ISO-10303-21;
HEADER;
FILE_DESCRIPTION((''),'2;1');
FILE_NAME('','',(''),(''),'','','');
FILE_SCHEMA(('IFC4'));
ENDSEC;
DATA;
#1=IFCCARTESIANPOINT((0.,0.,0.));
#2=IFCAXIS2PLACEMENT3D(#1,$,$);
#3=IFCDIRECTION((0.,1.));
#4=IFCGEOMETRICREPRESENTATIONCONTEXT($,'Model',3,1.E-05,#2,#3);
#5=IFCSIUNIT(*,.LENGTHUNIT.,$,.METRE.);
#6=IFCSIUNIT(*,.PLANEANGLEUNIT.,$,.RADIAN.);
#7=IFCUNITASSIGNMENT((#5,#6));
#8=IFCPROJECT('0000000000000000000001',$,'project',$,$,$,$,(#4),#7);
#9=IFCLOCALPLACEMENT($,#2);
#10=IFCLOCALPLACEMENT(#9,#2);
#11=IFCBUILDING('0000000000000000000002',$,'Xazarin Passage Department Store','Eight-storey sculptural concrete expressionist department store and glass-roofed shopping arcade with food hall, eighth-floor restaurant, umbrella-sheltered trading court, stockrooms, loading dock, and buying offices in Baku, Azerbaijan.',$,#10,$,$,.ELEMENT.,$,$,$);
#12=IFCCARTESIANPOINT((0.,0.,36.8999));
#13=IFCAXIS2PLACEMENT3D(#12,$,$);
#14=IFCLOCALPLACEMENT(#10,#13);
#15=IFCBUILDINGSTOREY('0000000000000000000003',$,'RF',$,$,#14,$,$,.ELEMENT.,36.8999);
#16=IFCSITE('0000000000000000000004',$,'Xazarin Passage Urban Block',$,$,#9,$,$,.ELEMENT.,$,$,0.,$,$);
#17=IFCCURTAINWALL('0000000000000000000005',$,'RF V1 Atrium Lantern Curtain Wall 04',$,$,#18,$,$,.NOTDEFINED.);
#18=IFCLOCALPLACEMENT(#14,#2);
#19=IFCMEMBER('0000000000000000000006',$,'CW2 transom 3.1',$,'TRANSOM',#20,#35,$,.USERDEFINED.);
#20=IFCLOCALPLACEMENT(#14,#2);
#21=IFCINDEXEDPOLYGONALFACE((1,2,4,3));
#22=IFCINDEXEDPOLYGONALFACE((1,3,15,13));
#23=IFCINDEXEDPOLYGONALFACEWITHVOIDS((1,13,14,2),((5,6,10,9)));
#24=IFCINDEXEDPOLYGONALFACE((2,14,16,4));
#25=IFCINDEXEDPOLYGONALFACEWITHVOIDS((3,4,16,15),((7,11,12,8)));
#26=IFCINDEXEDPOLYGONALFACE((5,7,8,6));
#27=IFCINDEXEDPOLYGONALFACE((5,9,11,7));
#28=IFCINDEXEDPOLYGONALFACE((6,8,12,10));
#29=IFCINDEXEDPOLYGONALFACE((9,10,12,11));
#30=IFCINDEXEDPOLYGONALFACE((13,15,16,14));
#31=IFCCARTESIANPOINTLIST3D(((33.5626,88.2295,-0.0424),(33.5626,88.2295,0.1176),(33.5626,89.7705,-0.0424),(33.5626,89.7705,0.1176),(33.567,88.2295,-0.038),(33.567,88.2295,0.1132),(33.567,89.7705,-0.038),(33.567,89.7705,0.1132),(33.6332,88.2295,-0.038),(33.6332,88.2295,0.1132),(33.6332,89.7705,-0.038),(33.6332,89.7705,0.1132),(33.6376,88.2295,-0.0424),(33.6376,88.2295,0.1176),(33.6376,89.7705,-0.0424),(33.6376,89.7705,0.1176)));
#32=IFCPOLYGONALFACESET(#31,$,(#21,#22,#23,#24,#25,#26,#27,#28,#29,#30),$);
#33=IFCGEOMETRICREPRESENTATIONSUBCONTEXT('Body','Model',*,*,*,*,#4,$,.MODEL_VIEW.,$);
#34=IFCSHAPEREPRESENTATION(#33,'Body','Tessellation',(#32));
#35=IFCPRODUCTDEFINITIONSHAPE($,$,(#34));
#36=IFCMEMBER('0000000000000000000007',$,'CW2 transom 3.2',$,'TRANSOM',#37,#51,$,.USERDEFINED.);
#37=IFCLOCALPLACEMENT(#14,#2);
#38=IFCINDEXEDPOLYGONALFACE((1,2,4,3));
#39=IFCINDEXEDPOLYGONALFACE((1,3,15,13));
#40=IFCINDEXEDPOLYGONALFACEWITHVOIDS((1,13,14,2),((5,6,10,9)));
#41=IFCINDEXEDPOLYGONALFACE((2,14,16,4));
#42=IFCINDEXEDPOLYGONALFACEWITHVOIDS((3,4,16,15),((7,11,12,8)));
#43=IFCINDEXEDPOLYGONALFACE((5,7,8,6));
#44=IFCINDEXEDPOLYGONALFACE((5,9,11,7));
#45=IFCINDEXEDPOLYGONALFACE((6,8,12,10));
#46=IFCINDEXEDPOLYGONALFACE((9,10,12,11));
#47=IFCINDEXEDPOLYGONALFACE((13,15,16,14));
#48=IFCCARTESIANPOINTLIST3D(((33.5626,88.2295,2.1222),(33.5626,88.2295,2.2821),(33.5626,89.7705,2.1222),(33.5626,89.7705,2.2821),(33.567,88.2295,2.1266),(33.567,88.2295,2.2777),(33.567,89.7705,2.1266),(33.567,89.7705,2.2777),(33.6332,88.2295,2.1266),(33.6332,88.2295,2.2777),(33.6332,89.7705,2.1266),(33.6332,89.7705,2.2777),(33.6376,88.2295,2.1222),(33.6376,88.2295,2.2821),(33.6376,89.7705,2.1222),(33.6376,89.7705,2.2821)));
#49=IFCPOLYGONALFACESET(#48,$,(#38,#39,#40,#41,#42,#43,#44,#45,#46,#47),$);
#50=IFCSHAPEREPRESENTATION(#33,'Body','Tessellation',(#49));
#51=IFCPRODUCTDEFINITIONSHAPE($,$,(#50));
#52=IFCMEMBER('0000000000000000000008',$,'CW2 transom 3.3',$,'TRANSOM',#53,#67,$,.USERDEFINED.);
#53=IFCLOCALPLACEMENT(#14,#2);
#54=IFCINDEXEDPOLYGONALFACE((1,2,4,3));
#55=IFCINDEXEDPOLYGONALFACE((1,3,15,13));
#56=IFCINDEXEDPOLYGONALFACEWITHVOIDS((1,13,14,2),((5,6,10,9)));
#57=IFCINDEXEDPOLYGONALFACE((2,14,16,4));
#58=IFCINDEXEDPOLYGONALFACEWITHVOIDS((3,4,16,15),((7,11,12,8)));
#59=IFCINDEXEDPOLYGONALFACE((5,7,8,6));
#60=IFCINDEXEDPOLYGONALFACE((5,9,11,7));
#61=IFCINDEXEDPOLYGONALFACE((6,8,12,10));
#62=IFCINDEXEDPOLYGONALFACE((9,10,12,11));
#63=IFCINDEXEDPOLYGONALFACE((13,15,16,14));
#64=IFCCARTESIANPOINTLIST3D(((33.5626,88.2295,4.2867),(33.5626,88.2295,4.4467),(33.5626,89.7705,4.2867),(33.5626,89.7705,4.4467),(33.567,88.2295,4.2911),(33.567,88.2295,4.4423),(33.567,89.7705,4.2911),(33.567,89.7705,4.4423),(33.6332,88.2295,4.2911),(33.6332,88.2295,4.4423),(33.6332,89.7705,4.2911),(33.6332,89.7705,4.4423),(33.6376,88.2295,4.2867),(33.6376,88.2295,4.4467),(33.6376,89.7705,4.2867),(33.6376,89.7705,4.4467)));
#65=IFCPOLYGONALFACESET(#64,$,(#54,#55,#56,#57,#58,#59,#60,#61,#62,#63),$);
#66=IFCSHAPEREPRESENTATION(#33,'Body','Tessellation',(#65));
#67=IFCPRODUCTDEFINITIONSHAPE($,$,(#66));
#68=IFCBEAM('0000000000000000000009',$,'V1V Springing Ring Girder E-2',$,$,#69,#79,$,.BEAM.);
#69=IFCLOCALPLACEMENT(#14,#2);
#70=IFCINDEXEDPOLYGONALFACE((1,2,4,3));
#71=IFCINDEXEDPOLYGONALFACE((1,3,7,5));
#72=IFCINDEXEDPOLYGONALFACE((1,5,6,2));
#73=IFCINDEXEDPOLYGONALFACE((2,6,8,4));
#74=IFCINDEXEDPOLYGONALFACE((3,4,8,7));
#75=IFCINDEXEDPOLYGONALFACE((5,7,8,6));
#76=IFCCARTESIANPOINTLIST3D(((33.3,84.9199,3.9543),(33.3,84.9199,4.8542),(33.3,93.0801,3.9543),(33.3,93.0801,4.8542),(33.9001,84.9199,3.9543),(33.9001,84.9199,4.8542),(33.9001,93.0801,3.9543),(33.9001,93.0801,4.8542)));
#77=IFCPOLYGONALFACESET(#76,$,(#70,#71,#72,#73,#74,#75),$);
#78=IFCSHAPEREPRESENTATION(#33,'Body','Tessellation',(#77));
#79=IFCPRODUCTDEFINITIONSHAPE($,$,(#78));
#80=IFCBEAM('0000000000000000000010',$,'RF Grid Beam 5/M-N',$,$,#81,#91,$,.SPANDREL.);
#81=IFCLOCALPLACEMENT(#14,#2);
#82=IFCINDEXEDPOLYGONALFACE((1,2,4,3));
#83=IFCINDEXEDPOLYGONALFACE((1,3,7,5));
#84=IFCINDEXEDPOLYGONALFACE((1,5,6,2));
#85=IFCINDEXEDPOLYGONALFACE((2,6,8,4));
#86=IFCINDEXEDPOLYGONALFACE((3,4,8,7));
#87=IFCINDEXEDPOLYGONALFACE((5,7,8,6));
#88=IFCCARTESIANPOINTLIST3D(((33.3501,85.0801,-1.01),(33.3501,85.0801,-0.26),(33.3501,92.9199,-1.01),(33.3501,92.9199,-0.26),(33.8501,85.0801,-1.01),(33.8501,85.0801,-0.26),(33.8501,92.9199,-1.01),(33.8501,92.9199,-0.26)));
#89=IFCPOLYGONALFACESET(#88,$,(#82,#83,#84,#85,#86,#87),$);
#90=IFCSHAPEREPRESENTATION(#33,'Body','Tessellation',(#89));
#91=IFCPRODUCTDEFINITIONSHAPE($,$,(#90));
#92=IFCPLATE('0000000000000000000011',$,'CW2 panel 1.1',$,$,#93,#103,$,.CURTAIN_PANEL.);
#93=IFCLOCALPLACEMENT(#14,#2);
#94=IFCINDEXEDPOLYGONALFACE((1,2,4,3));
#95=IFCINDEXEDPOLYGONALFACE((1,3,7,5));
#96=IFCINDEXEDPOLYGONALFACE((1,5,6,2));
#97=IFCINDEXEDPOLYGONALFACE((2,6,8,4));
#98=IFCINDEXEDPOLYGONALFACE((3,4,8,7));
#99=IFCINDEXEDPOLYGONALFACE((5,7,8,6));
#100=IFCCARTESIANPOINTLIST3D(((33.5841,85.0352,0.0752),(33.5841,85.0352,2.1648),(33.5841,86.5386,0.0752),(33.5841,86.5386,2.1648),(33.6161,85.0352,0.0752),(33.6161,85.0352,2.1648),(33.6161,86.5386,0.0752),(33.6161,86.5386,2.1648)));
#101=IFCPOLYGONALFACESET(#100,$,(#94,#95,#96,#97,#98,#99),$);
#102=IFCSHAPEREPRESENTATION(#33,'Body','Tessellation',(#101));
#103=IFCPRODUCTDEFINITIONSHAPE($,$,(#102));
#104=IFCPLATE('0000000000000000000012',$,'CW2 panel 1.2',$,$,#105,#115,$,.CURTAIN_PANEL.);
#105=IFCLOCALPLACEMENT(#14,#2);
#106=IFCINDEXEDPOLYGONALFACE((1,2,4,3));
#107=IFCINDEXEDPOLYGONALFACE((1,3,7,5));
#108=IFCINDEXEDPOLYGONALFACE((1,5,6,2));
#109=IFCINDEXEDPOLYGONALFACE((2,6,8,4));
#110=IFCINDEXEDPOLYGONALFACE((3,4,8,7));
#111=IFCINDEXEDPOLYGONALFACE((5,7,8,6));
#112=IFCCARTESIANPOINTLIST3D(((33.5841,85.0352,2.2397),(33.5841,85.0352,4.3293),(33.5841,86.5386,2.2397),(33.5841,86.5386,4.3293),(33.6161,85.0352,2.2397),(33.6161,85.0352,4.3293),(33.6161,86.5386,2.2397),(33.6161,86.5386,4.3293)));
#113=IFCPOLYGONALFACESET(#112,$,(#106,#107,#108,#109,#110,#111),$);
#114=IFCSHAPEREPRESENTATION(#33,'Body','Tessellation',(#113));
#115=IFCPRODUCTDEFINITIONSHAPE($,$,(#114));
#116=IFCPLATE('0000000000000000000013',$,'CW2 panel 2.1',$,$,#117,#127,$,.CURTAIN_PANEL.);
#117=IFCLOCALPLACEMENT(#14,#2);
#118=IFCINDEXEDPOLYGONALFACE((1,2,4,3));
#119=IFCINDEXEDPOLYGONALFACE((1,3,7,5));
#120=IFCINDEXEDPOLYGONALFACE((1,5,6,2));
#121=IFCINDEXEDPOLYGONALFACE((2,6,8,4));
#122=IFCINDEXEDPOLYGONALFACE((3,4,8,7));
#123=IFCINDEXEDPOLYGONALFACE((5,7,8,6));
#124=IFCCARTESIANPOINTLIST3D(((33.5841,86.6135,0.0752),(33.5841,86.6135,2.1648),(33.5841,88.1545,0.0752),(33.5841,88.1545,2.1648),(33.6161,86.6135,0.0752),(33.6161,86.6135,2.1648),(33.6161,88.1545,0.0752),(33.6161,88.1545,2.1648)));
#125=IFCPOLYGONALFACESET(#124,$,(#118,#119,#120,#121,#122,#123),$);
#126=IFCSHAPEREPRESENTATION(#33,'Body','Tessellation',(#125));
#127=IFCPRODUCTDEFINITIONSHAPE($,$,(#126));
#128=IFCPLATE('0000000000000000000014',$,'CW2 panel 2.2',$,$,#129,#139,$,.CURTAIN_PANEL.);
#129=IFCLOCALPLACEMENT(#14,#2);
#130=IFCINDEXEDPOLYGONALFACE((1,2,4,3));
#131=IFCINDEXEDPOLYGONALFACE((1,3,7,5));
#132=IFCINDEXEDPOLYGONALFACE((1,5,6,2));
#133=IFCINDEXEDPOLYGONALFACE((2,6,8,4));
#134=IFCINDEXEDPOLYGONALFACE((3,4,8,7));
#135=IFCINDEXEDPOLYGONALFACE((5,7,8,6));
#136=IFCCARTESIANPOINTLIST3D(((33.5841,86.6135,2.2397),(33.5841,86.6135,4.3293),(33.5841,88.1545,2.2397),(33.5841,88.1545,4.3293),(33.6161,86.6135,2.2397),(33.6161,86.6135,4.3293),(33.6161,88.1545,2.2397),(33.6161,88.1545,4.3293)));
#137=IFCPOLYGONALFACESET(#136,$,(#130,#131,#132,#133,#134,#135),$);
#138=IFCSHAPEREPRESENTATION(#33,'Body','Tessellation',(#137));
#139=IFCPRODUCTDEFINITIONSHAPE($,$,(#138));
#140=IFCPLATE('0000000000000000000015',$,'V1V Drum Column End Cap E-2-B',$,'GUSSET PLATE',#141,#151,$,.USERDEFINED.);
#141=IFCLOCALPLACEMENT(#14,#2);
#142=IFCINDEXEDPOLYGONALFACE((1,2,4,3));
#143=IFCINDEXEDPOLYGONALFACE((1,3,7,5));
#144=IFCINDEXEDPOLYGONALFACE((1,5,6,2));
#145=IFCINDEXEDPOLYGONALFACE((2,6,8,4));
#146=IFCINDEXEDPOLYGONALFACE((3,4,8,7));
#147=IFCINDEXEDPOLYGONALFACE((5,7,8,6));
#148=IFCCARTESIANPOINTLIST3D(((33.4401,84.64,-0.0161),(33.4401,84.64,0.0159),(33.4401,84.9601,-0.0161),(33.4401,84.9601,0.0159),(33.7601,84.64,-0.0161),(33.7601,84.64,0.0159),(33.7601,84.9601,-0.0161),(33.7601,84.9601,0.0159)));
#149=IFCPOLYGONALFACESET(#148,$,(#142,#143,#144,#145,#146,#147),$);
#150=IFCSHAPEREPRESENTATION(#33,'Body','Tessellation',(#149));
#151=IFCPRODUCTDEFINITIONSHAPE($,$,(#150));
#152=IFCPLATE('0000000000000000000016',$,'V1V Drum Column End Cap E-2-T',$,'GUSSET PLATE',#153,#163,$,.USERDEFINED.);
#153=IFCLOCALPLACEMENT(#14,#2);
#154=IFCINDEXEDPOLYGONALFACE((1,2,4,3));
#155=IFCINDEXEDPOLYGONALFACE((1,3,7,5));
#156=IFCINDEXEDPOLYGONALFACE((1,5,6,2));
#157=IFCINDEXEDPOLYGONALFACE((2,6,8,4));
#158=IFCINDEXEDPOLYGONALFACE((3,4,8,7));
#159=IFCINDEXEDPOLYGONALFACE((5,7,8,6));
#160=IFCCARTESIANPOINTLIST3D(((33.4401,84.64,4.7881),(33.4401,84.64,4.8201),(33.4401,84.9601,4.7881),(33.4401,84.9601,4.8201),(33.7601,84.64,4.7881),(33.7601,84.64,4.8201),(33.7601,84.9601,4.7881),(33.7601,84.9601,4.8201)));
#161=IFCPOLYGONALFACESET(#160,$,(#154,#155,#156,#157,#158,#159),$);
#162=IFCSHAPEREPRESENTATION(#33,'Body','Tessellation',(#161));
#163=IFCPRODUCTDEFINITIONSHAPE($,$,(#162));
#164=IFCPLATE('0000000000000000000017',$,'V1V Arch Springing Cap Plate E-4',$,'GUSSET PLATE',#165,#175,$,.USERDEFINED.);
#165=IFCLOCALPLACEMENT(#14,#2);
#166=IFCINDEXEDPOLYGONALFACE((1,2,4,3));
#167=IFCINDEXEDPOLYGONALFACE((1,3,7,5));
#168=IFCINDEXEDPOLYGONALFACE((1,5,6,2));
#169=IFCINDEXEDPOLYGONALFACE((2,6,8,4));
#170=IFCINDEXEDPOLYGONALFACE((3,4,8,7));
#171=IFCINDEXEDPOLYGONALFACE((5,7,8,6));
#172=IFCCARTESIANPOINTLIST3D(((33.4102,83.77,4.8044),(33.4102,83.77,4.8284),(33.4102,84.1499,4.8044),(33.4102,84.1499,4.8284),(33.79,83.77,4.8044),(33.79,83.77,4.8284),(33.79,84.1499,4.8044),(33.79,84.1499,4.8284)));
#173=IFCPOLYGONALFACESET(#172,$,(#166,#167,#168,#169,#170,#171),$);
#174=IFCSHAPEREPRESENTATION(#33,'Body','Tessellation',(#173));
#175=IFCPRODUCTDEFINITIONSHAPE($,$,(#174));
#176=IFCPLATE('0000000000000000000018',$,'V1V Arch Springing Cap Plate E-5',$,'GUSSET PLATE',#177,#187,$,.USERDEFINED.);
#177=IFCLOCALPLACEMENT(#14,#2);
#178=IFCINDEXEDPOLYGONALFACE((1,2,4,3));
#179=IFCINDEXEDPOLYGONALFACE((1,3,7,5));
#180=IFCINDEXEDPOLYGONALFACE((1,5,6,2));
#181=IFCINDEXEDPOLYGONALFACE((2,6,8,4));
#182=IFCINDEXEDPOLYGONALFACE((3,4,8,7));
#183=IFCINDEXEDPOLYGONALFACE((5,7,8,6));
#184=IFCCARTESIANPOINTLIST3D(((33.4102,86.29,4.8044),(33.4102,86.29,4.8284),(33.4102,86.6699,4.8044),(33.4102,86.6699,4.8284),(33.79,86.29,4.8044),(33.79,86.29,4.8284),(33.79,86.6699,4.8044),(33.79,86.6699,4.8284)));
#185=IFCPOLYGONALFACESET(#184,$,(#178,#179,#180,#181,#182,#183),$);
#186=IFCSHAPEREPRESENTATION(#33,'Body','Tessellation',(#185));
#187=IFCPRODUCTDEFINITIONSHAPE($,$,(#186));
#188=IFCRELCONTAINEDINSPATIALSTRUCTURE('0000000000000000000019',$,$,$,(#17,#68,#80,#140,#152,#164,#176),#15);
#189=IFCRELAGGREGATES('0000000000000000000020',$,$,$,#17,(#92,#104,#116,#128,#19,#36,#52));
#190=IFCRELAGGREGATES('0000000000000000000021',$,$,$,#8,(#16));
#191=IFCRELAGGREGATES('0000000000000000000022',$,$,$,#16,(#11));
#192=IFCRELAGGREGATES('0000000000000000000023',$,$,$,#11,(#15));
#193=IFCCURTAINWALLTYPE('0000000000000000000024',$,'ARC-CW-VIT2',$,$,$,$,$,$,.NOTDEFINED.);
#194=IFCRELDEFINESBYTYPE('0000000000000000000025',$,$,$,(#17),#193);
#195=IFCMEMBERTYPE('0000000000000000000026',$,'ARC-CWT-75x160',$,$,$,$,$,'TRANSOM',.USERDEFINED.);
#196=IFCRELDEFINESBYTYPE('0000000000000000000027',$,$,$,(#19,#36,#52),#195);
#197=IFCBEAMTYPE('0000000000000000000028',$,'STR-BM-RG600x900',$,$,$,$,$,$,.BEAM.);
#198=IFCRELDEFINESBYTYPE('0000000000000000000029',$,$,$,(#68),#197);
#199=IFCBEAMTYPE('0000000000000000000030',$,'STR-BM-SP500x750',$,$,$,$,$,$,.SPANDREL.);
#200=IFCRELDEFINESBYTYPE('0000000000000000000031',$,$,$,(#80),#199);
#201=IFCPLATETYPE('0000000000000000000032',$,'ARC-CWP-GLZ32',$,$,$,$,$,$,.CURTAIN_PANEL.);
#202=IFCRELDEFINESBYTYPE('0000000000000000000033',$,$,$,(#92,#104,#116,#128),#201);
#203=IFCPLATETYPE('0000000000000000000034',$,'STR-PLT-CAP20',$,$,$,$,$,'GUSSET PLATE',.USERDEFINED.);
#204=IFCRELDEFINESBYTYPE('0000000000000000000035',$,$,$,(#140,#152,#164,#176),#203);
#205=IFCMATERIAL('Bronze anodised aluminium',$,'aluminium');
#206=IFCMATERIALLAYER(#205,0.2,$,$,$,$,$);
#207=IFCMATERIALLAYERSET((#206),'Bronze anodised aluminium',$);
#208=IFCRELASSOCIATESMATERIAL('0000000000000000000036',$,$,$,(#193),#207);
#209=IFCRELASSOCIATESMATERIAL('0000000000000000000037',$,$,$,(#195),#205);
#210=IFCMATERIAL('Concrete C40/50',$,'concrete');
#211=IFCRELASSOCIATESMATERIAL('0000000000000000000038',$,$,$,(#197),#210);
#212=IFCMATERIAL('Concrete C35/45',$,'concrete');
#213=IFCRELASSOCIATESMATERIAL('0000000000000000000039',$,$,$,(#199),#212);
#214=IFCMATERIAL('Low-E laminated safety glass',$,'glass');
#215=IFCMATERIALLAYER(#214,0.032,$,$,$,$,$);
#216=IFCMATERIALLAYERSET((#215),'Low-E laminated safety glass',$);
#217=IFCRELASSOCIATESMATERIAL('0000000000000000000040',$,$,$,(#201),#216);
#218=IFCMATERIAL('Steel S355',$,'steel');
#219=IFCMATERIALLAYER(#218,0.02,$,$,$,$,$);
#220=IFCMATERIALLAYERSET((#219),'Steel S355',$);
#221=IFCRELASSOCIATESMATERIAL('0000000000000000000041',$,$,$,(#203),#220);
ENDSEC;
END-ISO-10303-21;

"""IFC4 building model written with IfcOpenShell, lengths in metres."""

from ifc_helpers import new_model, si_unit, direction, frame, origin, origin_2d, place, context, subcontext, project, spatial, rectangle, hollow_rectangle, extrude, material, layer, layer_set, material_profile, profile_set, type_object, element, aggregate, save


model = new_model("IFC4")

# Units and contexts
model_context = context("Model", 3, precision=1e-05, world=origin(), true_north=direction((0.0, 1.0)))
body_context = subcontext(model_context, "Body", "Model", "MODEL_VIEW")
ifc_project = project(units=[si_unit("LENGTHUNIT", "METRE"), si_unit("PLANEANGLEUNIT", "RADIAN")], contexts=[model_context])

# Site, building, storey
site_placement = place(None, origin())
site = spatial("IfcSite", under=ifc_project, at=site_placement, Name="Xazarin Passage Urban Block", CompositionType="ELEMENT", RefElevation=0.0)
building_placement = place(site_placement, origin())
building = spatial("IfcBuilding", under=site, at=building_placement, Name="Xazarin Passage Department Store", Description="Eight-storey sculptural concrete expressionist department store and glass-roofed shopping arcade with food hall, eighth-floor restaurant, umbrella-sheltered trading court, stockrooms, loading dock, and buying offices in Baku, Azerbaijan.", CompositionType="ELEMENT")
storey_placement = place(building_placement, frame((0.0, 0.0, 36.8999)))
storey = spatial("IfcBuildingStorey", under=building, at=storey_placement, Name="RF", CompositionType="ELEMENT", Elevation=36.8999)

# Shared definitions
ifc_material_1 = material(Name="Steel S355", Category="steel")

# Shared definitions
ifc_material_2 = material(Name="Bronze anodised aluminium", Category="aluminium")
ifc_layer_1 = layer(ifc_material_2, 0.2)
ifc_layer_set_1 = layer_set([ifc_layer_1], Name="Bronze anodised aluminium")
curtain_wall_type = type_object("IfcCurtainWallType", Name="ARC-CW-VIT2", PredefinedType="NOTDEFINED", material=ifc_layer_set_1)

# Curtain wall, members
curtain_wall_1_placement = place(storey_placement, origin())
curtain_wall_1 = element("IfcCurtainWall", 1, at=curtain_wall_1_placement, inside=storey, type_object=curtain_wall_type, Name="RF V1 Atrium Lantern Curtain Wall 04", PredefinedType="NOTDEFINED")
ifc_material_profile_1 = material_profile(ifc_material_2, hollow_rectangle(XDim=0.075, YDim=0.1599, WallThickness=0.0044, at=origin_2d()), Name="ALU 75x160")
ifc_profile_set_1 = profile_set([ifc_material_profile_1], Name="Bronze anodised aluminium")
member_type_1 = type_object("IfcMemberType", Name="ARC-CWT-75x160", ElementType="TRANSOM", PredefinedType="USERDEFINED", material=ifc_profile_set_1)
member_1_placement = place(storey_placement, frame((33.6001, 88.2295, 0.0376), z_axis=(0.0, 1.0, 0.0), x_axis=(-1.0, 0.0, 0.0)))
member_1 = element("IfcMember", 2, at=member_1_placement, type_object=member_type_1, Name="CW2 transom 3.1", ObjectType="TRANSOM", PredefinedType="USERDEFINED", context=body_context, shape_type="SweptSolid", body=[
    extrude(hollow_rectangle(XDim=0.075, YDim=0.1599, WallThickness=0.0044, at=origin_2d()), origin(), (0.0, 0.0, 1.0), 1.541),
])
member_2_placement = place(storey_placement, frame((33.6001, 88.2295, 2.2021), z_axis=(0.0, 1.0, 0.0), x_axis=(-1.0, 0.0, 0.0)))
member_2 = element("IfcMember", 3, at=member_2_placement, type_object=member_type_1, Name="CW2 transom 3.2", ObjectType="TRANSOM", PredefinedType="USERDEFINED", context=body_context, shape_type="SweptSolid", body=[
    extrude(hollow_rectangle(XDim=0.075, YDim=0.1599, WallThickness=0.0044, at=origin_2d()), origin(), (0.0, 0.0, 1.0), 1.541),
])
member_3_placement = place(storey_placement, frame((33.6001, 88.2295, 4.3667), z_axis=(0.0, 1.0, 0.0), x_axis=(-1.0, 0.0, 0.0)))
member_3 = element("IfcMember", 4, at=member_3_placement, type_object=member_type_1, Name="CW2 transom 3.3", ObjectType="TRANSOM", PredefinedType="USERDEFINED", context=body_context, shape_type="SweptSolid", body=[
    extrude(hollow_rectangle(XDim=0.075, YDim=0.1599, WallThickness=0.0044, at=origin_2d()), origin(), (0.0, 0.0, 1.0), 1.541),
])

# Beams
ifc_material_3 = material(Name="Concrete C40/50", Category="concrete")
ifc_material_profile_2 = material_profile(ifc_material_3, rectangle(XDim=0.6001, YDim=0.8999, at=origin_2d()), Name="RC 600x900")
ifc_profile_set_2 = profile_set([ifc_material_profile_2], Name="Concrete C40/50")
beam_type_1 = type_object("IfcBeamType", Name="STR-BM-RG600x900", PredefinedType="BEAM", material=ifc_profile_set_2)
beam_1_placement = place(storey_placement, frame((33.6001, 84.9199, 4.4043), z_axis=(0.0, 1.0, 0.0), x_axis=(-1.0, 0.0, 0.0)))
element("IfcBeam", 5, at=beam_1_placement, inside=storey, type_object=beam_type_1, Name="V1V Springing Ring Girder E-2", PredefinedType="BEAM", context=body_context, shape_type="SweptSolid", body=[
    extrude(rectangle(XDim=0.6001, YDim=0.8999, at=origin_2d()), origin(), (0.0, 0.0, 1.0), 8.1602),
])
ifc_material_4 = material(Name="Concrete C35/45", Category="concrete")
ifc_material_profile_3 = material_profile(ifc_material_4, rectangle(XDim=0.5, YDim=0.75, at=origin_2d()), Name="RC 500x750")
ifc_profile_set_3 = profile_set([ifc_material_profile_3], Name="Concrete C35/45")
beam_type_2 = type_object("IfcBeamType", Name="STR-BM-SP500x750", PredefinedType="SPANDREL", material=ifc_profile_set_3)
beam_2_placement = place(storey_placement, frame((33.6001, 85.0801, -0.635), z_axis=(0.0, 1.0, 0.0), x_axis=(-1.0, 0.0, 0.0)))
element("IfcBeam", 6, at=beam_2_placement, inside=storey, type_object=beam_type_2, Name="RF Grid Beam 5/M-N", PredefinedType="SPANDREL", context=body_context, shape_type="SweptSolid", body=[
    extrude(rectangle(XDim=0.5, YDim=0.75, at=origin_2d()), origin(), (0.0, 0.0, 1.0), 7.8398),
])

# Plates
ifc_material_5 = material(Name="Low-E laminated safety glass", Category="glass")
ifc_layer_2 = layer(ifc_material_5, 0.032)
ifc_layer_set_2 = layer_set([ifc_layer_2], Name="Low-E laminated safety glass")
plate_type_1 = type_object("IfcPlateType", Name="ARC-CWP-GLZ32", PredefinedType="CURTAIN_PANEL", material=ifc_layer_set_2)
plate_1_placement = place(storey_placement, frame((33.6001, 85.7869, 0.0752), z_axis=(0.0, 0.0, 1.0), x_axis=(0.0, 1.0, 0.0)))
plate_1 = element("IfcPlate", 7, at=plate_1_placement, type_object=plate_type_1, Name="CW2 panel 1.1", PredefinedType="CURTAIN_PANEL", context=body_context, shape_type="SweptSolid", body=[
    extrude(rectangle(XDim=1.5034, YDim=0.032, at=origin_2d()), origin(), (0.0, 0.0, 1.0), 2.0896),
])
plate_2_placement = place(storey_placement, frame((33.6001, 85.7869, 2.2397), z_axis=(0.0, 0.0, 1.0), x_axis=(0.0, 1.0, 0.0)))
plate_2 = element("IfcPlate", 8, at=plate_2_placement, type_object=plate_type_1, Name="CW2 panel 1.2", PredefinedType="CURTAIN_PANEL", context=body_context, shape_type="SweptSolid", body=[
    extrude(rectangle(XDim=1.5034, YDim=0.032, at=origin_2d()), origin(), (0.0, 0.0, 1.0), 2.0896),
])
plate_3_placement = place(storey_placement, frame((33.6001, 87.384, 0.0752), z_axis=(0.0, 0.0, 1.0), x_axis=(0.0, 1.0, 0.0)))
plate_3 = element("IfcPlate", 9, at=plate_3_placement, type_object=plate_type_1, Name="CW2 panel 2.1", PredefinedType="CURTAIN_PANEL", context=body_context, shape_type="SweptSolid", body=[
    extrude(rectangle(XDim=1.541, YDim=0.032, at=origin_2d()), origin(), (0.0, 0.0, 1.0), 2.0896),
])
plate_4_placement = place(storey_placement, frame((33.6001, 87.384, 2.2397), z_axis=(0.0, 0.0, 1.0), x_axis=(0.0, 1.0, 0.0)))
plate_4 = element("IfcPlate", 10, at=plate_4_placement, type_object=plate_type_1, Name="CW2 panel 2.2", PredefinedType="CURTAIN_PANEL", context=body_context, shape_type="SweptSolid", body=[
    extrude(rectangle(XDim=1.541, YDim=0.032, at=origin_2d()), origin(), (0.0, 0.0, 1.0), 2.0896),
])
aggregate(curtain_wall_1, [plate_1, plate_2, plate_3, plate_4, member_1, member_2, member_3])

# Plates
ifc_layer_3 = layer(ifc_material_1, 0.02)
ifc_layer_set_3 = layer_set([ifc_layer_3], Name="Steel S355")
plate_type_2 = type_object("IfcPlateType", Name="STR-PLT-CAP20", ElementType="GUSSET PLATE", PredefinedType="USERDEFINED", material=ifc_layer_set_3)
for number, where, z_axis, x_axis, name in (
    (11, (33.6001, 84.8, -0.0161), (0.0, 0.0, 1.0), (1.0, 0.0, 0.0), "V1V Drum Column End Cap E-2-B"),
    (12, (33.6001, 84.8, 4.7881), (0.0, 0.0, 1.0), (1.0, 0.0, 0.0), "V1V Drum Column End Cap E-2-T"),
):
    element("IfcPlate", number, at=place(storey_placement, frame(where, z_axis=z_axis, x_axis=x_axis)), inside=storey, type_object=plate_type_2, Name=name, ObjectType="GUSSET PLATE", PredefinedType="USERDEFINED", context=body_context, shape_type="SweptSolid", body=[
        extrude(rectangle(XDim=0.3201, YDim=0.3201, at=origin_2d()), origin(), (0.0, 0.0, 1.0), 0.032),
    ])
for number, where, z_axis, x_axis, name in (
    (13, (33.6001, 83.96, 4.8044), (0.0, 0.0, 1.0), (1.0, 0.0, 0.0), "V1V Arch Springing Cap Plate E-4"),
    (14, (33.6001, 86.48, 4.8044), (0.0, 0.0, 1.0), (1.0, 0.0, 0.0), "V1V Arch Springing Cap Plate E-5"),
):
    element("IfcPlate", number, at=place(storey_placement, frame(where, z_axis=z_axis, x_axis=x_axis)), inside=storey, type_object=plate_type_2, Name=name, ObjectType="GUSSET PLATE", PredefinedType="USERDEFINED", context=body_context, shape_type="SweptSolid", body=[
        extrude(rectangle(XDim=0.3799, YDim=0.3799, at=origin_2d()), origin(), (0.0, 0.0, 1.0), 0.0239),
    ])

save(model, "model.ifc")
